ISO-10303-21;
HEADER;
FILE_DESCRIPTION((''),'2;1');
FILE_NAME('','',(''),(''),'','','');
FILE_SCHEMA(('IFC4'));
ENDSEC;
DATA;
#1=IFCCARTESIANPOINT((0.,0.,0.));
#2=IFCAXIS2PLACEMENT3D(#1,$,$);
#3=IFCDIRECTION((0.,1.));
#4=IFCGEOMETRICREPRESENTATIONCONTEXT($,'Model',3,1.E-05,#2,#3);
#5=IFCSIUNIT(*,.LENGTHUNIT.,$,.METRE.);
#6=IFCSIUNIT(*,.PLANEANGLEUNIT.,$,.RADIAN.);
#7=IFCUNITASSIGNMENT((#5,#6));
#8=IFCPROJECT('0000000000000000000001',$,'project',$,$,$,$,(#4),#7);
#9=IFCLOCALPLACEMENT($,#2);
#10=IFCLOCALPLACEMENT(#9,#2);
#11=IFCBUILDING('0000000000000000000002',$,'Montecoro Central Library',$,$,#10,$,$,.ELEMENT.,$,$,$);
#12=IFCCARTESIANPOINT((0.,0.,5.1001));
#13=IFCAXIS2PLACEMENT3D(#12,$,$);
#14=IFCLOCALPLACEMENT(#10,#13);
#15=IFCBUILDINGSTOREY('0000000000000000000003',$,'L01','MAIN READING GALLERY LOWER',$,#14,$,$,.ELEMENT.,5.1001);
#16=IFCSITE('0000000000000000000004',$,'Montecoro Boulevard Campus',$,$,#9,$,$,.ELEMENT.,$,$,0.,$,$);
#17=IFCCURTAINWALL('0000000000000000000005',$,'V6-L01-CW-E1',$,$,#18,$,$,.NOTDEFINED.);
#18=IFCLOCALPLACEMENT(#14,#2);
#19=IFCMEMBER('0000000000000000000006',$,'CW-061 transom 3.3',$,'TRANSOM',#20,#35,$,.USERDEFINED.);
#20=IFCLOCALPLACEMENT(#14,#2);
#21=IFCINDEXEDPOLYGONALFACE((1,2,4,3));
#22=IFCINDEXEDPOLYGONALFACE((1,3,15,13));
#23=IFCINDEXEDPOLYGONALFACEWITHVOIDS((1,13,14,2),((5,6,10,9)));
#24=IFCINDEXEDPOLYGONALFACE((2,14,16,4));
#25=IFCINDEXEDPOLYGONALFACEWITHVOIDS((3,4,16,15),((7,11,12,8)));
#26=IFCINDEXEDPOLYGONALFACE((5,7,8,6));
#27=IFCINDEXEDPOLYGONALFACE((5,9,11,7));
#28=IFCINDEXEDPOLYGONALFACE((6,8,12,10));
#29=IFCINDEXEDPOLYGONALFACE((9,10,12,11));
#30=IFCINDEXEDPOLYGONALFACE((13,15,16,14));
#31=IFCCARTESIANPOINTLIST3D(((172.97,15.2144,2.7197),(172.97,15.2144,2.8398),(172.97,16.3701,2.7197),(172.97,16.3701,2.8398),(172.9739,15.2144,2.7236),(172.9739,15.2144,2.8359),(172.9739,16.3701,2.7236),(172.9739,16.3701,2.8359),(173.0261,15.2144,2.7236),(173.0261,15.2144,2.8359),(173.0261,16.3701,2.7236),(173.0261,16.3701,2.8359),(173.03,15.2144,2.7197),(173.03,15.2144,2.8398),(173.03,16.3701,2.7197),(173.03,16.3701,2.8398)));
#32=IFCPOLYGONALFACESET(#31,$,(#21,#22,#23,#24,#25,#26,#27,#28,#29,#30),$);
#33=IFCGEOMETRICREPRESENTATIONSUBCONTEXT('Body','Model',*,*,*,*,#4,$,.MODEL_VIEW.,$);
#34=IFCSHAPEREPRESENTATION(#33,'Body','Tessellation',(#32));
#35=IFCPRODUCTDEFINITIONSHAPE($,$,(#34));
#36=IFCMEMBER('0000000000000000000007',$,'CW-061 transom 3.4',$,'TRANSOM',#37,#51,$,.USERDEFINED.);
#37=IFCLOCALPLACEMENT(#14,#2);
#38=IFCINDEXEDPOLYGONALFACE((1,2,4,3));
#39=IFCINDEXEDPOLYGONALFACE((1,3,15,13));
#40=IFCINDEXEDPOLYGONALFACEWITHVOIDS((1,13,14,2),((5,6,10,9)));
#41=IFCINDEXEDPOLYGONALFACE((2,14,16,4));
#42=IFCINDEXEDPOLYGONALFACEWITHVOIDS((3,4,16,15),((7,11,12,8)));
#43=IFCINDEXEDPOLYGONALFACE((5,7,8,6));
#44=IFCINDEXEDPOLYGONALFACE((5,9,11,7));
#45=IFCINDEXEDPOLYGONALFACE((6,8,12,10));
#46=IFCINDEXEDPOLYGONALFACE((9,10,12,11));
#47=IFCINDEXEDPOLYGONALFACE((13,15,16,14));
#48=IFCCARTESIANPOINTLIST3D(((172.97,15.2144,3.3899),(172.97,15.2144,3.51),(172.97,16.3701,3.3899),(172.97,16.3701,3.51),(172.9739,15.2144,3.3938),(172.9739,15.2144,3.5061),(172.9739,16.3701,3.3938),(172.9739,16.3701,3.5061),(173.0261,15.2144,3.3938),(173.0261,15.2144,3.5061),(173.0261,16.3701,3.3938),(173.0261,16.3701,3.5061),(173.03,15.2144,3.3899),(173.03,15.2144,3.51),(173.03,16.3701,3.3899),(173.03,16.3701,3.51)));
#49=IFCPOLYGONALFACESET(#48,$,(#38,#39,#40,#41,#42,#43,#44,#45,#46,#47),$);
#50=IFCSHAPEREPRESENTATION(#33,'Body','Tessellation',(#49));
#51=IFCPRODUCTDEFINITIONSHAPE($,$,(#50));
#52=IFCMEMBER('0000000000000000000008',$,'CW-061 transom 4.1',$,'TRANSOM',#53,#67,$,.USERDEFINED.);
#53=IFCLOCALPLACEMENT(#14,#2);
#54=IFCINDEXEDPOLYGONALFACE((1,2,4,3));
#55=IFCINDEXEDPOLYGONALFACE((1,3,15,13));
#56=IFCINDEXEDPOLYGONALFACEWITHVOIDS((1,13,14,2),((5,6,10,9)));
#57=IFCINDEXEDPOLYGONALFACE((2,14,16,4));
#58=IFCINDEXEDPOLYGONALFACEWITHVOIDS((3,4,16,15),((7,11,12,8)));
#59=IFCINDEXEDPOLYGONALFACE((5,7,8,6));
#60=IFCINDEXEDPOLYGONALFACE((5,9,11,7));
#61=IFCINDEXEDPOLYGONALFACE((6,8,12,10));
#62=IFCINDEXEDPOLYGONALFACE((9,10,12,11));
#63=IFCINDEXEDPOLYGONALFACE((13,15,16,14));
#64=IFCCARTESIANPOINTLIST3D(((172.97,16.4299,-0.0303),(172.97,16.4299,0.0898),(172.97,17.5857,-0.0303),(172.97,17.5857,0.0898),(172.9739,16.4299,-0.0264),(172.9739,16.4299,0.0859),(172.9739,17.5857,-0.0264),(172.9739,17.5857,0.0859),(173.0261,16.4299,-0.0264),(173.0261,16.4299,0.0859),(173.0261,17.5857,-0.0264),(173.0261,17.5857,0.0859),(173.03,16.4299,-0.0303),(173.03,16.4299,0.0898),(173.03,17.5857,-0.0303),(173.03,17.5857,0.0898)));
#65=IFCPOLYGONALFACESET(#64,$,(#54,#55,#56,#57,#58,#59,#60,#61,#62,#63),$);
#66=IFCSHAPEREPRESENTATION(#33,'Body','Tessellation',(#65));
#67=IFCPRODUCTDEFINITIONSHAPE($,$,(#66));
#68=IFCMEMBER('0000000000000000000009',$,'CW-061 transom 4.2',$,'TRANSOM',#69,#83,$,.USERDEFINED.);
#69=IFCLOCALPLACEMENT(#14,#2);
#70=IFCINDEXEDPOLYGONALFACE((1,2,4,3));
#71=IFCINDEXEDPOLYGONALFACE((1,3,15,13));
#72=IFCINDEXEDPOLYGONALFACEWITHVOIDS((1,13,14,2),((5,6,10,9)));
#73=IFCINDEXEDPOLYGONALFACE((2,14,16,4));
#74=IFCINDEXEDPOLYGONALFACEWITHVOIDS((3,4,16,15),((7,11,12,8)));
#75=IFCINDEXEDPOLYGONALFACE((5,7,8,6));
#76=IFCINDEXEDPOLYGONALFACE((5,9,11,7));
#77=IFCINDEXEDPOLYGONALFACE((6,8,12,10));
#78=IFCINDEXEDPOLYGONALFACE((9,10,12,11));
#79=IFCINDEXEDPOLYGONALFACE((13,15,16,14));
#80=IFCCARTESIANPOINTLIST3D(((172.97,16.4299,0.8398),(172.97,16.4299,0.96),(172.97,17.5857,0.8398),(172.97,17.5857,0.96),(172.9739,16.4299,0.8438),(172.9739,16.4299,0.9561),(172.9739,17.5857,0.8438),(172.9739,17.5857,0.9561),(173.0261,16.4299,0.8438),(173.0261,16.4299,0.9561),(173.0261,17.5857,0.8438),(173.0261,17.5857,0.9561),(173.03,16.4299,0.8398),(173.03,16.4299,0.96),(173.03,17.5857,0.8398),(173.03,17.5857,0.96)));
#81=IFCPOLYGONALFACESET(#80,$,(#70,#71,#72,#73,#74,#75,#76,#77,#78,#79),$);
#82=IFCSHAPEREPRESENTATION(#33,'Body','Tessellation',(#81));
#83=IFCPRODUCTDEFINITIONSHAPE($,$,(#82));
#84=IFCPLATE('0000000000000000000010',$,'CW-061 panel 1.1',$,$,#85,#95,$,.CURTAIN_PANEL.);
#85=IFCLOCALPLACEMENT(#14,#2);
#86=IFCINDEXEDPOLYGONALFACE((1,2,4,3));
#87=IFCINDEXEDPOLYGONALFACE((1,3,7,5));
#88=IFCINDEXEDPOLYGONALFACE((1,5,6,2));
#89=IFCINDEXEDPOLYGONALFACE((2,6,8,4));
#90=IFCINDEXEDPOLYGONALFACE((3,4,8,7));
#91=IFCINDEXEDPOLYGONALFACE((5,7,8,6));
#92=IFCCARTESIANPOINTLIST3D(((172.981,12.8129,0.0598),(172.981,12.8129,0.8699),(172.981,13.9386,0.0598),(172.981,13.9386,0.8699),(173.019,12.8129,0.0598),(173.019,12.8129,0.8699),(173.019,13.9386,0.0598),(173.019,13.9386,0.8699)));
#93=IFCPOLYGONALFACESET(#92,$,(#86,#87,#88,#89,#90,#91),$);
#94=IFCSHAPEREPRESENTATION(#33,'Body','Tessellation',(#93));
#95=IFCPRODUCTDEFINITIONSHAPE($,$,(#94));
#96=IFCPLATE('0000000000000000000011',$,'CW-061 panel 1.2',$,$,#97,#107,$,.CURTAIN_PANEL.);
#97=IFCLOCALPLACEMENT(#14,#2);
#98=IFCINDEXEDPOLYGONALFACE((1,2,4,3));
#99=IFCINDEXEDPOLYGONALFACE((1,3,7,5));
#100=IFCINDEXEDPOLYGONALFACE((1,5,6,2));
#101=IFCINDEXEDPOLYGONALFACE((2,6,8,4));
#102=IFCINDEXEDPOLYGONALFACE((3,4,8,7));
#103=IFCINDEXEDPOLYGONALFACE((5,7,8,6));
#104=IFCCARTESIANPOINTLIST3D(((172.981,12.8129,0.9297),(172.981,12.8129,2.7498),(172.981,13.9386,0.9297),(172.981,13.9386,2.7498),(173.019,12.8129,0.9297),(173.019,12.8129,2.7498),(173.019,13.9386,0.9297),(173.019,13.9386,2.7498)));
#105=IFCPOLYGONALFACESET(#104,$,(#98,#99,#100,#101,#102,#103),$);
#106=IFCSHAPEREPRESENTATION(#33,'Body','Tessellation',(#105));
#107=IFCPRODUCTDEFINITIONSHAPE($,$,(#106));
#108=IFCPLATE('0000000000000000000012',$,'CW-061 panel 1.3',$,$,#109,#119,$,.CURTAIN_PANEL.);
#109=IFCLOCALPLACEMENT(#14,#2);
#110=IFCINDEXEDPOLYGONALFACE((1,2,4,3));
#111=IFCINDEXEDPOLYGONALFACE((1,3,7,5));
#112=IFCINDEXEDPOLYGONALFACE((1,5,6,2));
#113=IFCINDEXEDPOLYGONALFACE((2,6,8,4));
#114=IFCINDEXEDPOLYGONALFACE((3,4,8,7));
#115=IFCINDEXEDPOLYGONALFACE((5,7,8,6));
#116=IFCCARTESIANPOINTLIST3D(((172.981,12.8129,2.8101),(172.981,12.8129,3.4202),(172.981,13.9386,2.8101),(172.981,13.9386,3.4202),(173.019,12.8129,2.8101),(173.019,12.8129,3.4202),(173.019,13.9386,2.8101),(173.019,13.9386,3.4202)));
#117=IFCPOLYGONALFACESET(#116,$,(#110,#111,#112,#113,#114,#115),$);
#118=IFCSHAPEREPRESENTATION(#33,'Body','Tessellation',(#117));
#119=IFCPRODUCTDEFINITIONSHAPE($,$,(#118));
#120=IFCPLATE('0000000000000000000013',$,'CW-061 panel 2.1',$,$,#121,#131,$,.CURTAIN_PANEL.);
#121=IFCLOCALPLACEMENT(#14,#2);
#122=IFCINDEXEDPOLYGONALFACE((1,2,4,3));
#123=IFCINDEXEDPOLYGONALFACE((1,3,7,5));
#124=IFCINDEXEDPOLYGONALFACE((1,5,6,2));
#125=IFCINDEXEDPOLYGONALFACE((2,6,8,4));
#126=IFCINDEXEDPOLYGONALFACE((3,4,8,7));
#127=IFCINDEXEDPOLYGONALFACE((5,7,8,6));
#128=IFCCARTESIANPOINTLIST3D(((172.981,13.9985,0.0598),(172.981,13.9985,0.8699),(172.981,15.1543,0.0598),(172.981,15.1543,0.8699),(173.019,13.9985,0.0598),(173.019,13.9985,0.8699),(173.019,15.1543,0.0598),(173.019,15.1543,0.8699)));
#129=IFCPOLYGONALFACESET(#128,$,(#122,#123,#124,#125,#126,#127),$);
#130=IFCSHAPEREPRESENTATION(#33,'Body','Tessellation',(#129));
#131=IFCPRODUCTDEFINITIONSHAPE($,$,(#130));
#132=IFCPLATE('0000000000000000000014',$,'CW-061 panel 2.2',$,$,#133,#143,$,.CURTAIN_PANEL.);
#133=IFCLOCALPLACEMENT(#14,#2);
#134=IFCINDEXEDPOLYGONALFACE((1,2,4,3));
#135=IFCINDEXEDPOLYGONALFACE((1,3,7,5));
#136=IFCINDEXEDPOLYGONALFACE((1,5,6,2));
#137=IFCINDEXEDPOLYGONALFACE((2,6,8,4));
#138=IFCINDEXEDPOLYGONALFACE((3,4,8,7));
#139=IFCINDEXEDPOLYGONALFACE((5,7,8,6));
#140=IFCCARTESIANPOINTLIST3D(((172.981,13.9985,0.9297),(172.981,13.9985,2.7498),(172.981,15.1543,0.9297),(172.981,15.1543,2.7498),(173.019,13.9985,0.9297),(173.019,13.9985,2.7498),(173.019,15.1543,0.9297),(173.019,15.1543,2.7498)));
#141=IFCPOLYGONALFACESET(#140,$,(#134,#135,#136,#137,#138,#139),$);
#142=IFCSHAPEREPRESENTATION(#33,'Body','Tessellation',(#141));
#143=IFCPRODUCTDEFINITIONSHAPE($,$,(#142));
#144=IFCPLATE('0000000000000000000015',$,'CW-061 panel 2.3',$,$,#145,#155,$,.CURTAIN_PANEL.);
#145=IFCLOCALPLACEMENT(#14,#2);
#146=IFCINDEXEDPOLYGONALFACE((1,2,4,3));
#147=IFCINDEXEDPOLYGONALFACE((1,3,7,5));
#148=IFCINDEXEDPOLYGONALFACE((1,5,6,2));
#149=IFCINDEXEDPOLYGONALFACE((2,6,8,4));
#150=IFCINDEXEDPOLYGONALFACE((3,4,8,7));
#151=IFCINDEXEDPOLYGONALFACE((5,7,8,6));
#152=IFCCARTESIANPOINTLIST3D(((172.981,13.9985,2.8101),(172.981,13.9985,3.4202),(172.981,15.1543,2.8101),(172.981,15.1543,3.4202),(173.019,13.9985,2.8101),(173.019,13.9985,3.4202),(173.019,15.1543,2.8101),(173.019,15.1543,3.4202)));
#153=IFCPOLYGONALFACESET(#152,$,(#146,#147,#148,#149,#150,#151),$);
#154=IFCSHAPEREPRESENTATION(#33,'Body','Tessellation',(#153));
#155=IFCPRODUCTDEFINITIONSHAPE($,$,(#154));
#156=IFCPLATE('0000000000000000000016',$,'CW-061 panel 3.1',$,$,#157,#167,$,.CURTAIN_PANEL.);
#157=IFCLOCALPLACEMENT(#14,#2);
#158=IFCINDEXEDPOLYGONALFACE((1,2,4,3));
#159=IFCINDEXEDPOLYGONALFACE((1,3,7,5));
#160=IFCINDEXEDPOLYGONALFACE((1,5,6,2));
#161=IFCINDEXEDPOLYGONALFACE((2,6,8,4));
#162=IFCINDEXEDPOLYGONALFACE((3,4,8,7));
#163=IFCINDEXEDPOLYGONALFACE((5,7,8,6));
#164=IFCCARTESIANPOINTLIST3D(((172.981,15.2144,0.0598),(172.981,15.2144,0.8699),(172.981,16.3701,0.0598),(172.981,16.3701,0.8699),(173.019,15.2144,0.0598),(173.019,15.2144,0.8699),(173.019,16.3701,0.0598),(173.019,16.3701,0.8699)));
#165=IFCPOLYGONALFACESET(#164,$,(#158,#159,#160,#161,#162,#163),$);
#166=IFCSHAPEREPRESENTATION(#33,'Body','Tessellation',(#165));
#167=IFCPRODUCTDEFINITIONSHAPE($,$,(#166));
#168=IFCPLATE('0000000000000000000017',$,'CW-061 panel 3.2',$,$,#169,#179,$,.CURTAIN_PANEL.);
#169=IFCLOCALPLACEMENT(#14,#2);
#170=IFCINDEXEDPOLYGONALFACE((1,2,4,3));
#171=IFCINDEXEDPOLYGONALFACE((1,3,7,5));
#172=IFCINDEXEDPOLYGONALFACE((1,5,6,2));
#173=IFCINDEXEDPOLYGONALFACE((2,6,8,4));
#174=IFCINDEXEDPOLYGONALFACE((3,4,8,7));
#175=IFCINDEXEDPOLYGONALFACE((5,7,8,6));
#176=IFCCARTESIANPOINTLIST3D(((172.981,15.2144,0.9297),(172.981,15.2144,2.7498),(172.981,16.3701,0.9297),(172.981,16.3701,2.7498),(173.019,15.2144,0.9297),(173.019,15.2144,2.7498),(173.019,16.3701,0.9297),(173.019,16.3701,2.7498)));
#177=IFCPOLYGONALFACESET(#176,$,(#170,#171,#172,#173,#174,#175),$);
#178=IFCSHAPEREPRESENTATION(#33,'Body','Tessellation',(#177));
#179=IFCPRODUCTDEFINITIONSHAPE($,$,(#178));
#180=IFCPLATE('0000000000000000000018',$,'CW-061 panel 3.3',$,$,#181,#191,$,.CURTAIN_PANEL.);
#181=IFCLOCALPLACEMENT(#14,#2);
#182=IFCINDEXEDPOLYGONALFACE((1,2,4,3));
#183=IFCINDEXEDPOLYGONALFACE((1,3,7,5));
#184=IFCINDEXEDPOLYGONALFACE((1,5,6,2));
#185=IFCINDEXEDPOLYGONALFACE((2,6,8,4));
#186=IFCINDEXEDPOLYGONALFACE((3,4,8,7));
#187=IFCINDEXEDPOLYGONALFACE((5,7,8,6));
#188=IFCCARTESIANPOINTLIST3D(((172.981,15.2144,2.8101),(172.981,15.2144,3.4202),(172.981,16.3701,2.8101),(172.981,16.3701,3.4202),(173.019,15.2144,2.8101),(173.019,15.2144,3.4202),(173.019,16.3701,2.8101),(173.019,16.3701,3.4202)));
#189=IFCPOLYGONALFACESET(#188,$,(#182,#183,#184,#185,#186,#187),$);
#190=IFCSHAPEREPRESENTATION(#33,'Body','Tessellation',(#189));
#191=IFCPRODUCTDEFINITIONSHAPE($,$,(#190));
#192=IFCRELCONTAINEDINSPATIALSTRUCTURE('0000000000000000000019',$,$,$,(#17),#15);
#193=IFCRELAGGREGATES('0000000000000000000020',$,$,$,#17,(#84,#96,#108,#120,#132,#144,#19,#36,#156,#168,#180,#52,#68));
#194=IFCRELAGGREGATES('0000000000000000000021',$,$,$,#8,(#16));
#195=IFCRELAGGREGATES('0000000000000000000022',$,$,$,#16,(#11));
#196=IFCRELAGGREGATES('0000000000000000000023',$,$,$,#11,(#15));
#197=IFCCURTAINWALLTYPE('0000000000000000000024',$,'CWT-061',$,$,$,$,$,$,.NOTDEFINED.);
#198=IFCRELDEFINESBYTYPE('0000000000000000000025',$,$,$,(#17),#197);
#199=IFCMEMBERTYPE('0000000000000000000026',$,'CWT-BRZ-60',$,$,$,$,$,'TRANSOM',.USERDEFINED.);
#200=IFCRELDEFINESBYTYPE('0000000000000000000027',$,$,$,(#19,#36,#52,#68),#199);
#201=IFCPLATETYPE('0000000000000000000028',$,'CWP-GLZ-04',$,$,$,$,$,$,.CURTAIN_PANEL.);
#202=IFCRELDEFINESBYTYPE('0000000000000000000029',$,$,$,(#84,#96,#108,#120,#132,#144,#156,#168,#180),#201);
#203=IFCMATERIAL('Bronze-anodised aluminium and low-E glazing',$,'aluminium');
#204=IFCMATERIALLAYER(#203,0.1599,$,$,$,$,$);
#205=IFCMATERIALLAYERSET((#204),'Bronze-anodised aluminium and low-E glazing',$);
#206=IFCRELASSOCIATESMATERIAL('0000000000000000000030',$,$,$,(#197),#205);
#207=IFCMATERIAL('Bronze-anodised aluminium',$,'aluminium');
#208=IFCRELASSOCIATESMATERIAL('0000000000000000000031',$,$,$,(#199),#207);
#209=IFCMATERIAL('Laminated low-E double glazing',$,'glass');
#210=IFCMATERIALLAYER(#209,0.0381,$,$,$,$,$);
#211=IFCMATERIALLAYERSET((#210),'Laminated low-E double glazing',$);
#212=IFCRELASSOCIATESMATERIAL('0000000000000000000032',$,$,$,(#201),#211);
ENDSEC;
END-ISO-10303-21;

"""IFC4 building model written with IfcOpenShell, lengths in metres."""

from ifc_helpers import new_model, si_unit, direction, frame, origin, origin_2d, place, context, subcontext, project, spatial, rectangle, hollow_rectangle, extrude, material, layer, layer_set, material_profile, profile_set, type_object, element, aggregate, save


model = new_model("IFC4")

# Units and contexts
model_context = context("Model", 3, precision=1e-05, world=origin(), true_north=direction((0.0, 1.0)))
body_context = subcontext(model_context, "Body", "Model", "MODEL_VIEW")
ifc_project = project(units=[si_unit("LENGTHUNIT", "METRE"), si_unit("PLANEANGLEUNIT", "RADIAN")], contexts=[model_context])

# Site, building, storey
site_placement = place(None, origin())
site = spatial("IfcSite", under=ifc_project, at=site_placement, Name="Montecoro Boulevard Campus", CompositionType="ELEMENT", RefElevation=0.0)
building_placement = place(site_placement, origin())
building = spatial("IfcBuilding", under=site, at=building_placement, Name="Montecoro Central Library", CompositionType="ELEMENT")
storey_placement = place(building_placement, frame((0.0, 0.0, 5.1001)))
storey = spatial("IfcBuildingStorey", under=building, at=storey_placement, Name="L01", Description="MAIN READING GALLERY LOWER", CompositionType="ELEMENT", Elevation=5.1001)

# Curtain wall, members, plates
ifc_material_1 = material(Name="Bronze-anodised aluminium and low-E glazing", Category="aluminium")
ifc_layer_1 = layer(ifc_material_1, 0.1599)
ifc_layer_set_1 = layer_set([ifc_layer_1], Name="Bronze-anodised aluminium and low-E glazing")
curtain_wall_type = type_object("IfcCurtainWallType", Name="CWT-061", PredefinedType="NOTDEFINED", material=ifc_layer_set_1)
curtain_wall_placement = place(storey_placement, origin())
curtain_wall = element("IfcCurtainWall", 1, at=curtain_wall_placement, inside=storey, type_object=curtain_wall_type, Name="V6-L01-CW-E1", PredefinedType="NOTDEFINED")
ifc_material_2 = material(Name="Bronze-anodised aluminium", Category="aluminium")
ifc_material_profile_1 = material_profile(ifc_material_2, hollow_rectangle(XDim=0.0601, YDim=0.1201, WallThickness=0.0039, at=origin_2d()), Name="CWT 120x60x4.0")
ifc_profile_set_1 = profile_set([ifc_material_profile_1], Name="Bronze-anodised aluminium")
member_type_1 = type_object("IfcMemberType", Name="CWT-BRZ-60", ElementType="TRANSOM", PredefinedType="USERDEFINED", material=ifc_profile_set_1)
member_1_placement = place(storey_placement, frame((173.0, 15.2144, 2.7798), z_axis=(0.0, 1.0, 0.0), x_axis=(-1.0, 0.0, 0.0)))
member_1 = element("IfcMember", 2, at=member_1_placement, type_object=member_type_1, Name="CW-061 transom 3.3", ObjectType="TRANSOM", PredefinedType="USERDEFINED", context=body_context, shape_type="SweptSolid", body=[
    extrude(hollow_rectangle(XDim=0.0601, YDim=0.1201, WallThickness=0.0039, at=origin_2d()), origin(), (0.0, 0.0, 1.0), 1.1558),
])
member_2_placement = place(storey_placement, frame((173.0, 15.2144, 3.45), z_axis=(0.0, 1.0, 0.0), x_axis=(-1.0, 0.0, 0.0)))
member_2 = element("IfcMember", 3, at=member_2_placement, type_object=member_type_1, Name="CW-061 transom 3.4", ObjectType="TRANSOM", PredefinedType="USERDEFINED", context=body_context, shape_type="SweptSolid", body=[
    extrude(hollow_rectangle(XDim=0.0601, YDim=0.1201, WallThickness=0.0039, at=origin_2d()), origin(), (0.0, 0.0, 1.0), 1.1558),
])
member_3_placement = place(storey_placement, frame((173.0, 16.4299, 0.0298), z_axis=(0.0, 1.0, 0.0), x_axis=(-1.0, 0.0, 0.0)))
member_3 = element("IfcMember", 4, at=member_3_placement, type_object=member_type_1, Name="CW-061 transom 4.1", ObjectType="TRANSOM", PredefinedType="USERDEFINED", context=body_context, shape_type="SweptSolid", body=[
    extrude(hollow_rectangle(XDim=0.0601, YDim=0.1201, WallThickness=0.0039, at=origin_2d()), origin(), (0.0, 0.0, 1.0), 1.1558),
])
member_4_placement = place(storey_placement, frame((173.0, 16.4299, 0.8999), z_axis=(0.0, 1.0, 0.0), x_axis=(-1.0, 0.0, 0.0)))
member_4 = element("IfcMember", 5, at=member_4_placement, type_object=member_type_1, Name="CW-061 transom 4.2", ObjectType="TRANSOM", PredefinedType="USERDEFINED", context=body_context, shape_type="SweptSolid", body=[
    extrude(hollow_rectangle(XDim=0.0601, YDim=0.1201, WallThickness=0.0039, at=origin_2d()), origin(), (0.0, 0.0, 1.0), 1.1558),
])
ifc_material_3 = material(Name="Laminated low-E double glazing", Category="glass")
ifc_layer_2 = layer(ifc_material_3, 0.0381)
ifc_layer_set_2 = layer_set([ifc_layer_2], Name="Laminated low-E double glazing")
plate_type = type_object("IfcPlateType", Name="CWP-GLZ-04", PredefinedType="CURTAIN_PANEL", material=ifc_layer_set_2)
plate_1_placement = place(storey_placement, frame((173.0, 13.3757, 0.0598), z_axis=(0.0, 0.0, 1.0), x_axis=(0.0, 1.0, 0.0)))
plate_1 = element("IfcPlate", 6, at=plate_1_placement, type_object=plate_type, Name="CW-061 panel 1.1", PredefinedType="CURTAIN_PANEL", context=body_context, shape_type="SweptSolid", body=[
    extrude(rectangle(XDim=1.1257, YDim=0.0381, at=origin_2d()), origin(), (0.0, 0.0, 1.0), 0.8101),
])
plate_2_placement = place(storey_placement, frame((173.0, 13.3757, 0.9297), z_axis=(0.0, 0.0, 1.0), x_axis=(0.0, 1.0, 0.0)))
plate_2 = element("IfcPlate", 7, at=plate_2_placement, type_object=plate_type, Name="CW-061 panel 1.2", PredefinedType="CURTAIN_PANEL", context=body_context, shape_type="SweptSolid", body=[
    extrude(rectangle(XDim=1.1257, YDim=0.0381, at=origin_2d()), origin(), (0.0, 0.0, 1.0), 1.8201),
])
plate_3_placement = place(storey_placement, frame((173.0, 13.3757, 2.8101), z_axis=(0.0, 0.0, 1.0), x_axis=(0.0, 1.0, 0.0)))
plate_3 = element("IfcPlate", 8, at=plate_3_placement, type_object=plate_type, Name="CW-061 panel 1.3", PredefinedType="CURTAIN_PANEL", context=body_context, shape_type="SweptSolid", body=[
    extrude(rectangle(XDim=1.1257, YDim=0.0381, at=origin_2d()), origin(), (0.0, 0.0, 1.0), 0.6101),
])
plate_4_placement = place(storey_placement, frame((173.0, 14.5764, 0.0598), z_axis=(0.0, 0.0, 1.0), x_axis=(0.0, 1.0, 0.0)))
plate_4 = element("IfcPlate", 9, at=plate_4_placement, type_object=plate_type, Name="CW-061 panel 2.1", PredefinedType="CURTAIN_PANEL", context=body_context, shape_type="SweptSolid", body=[
    extrude(rectangle(XDim=1.1558, YDim=0.0381, at=origin_2d()), origin(), (0.0, 0.0, 1.0), 0.8101),
])
plate_5_placement = place(storey_placement, frame((173.0, 14.5764, 0.9297), z_axis=(0.0, 0.0, 1.0), x_axis=(0.0, 1.0, 0.0)))
plate_5 = element("IfcPlate", 10, at=plate_5_placement, type_object=plate_type, Name="CW-061 panel 2.2", PredefinedType="CURTAIN_PANEL", context=body_context, shape_type="SweptSolid", body=[
    extrude(rectangle(XDim=1.1558, YDim=0.0381, at=origin_2d()), origin(), (0.0, 0.0, 1.0), 1.8201),
])
plate_6_placement = place(storey_placement, frame((173.0, 14.5764, 2.8101), z_axis=(0.0, 0.0, 1.0), x_axis=(0.0, 1.0, 0.0)))
plate_6 = element("IfcPlate", 11, at=plate_6_placement, type_object=plate_type, Name="CW-061 panel 2.3", PredefinedType="CURTAIN_PANEL", context=body_context, shape_type="SweptSolid", body=[
    extrude(rectangle(XDim=1.1558, YDim=0.0381, at=origin_2d()), origin(), (0.0, 0.0, 1.0), 0.6101),
])
plate_7_placement = place(storey_placement, frame((173.0, 15.7922, 0.0598), z_axis=(0.0, 0.0, 1.0), x_axis=(0.0, 1.0, 0.0)))
plate_7 = element("IfcPlate", 12, at=plate_7_placement, type_object=plate_type, Name="CW-061 panel 3.1", PredefinedType="CURTAIN_PANEL", context=body_context, shape_type="SweptSolid", body=[
    extrude(rectangle(XDim=1.1558, YDim=0.0381, at=origin_2d()), origin(), (0.0, 0.0, 1.0), 0.8101),
])
plate_8_placement = place(storey_placement, frame((173.0, 15.7922, 0.9297), z_axis=(0.0, 0.0, 1.0), x_axis=(0.0, 1.0, 0.0)))
plate_8 = element("IfcPlate", 13, at=plate_8_placement, type_object=plate_type, Name="CW-061 panel 3.2", PredefinedType="CURTAIN_PANEL", context=body_context, shape_type="SweptSolid", body=[
    extrude(rectangle(XDim=1.1558, YDim=0.0381, at=origin_2d()), origin(), (0.0, 0.0, 1.0), 1.8201),
])
plate_9_placement = place(storey_placement, frame((173.0, 15.7922, 2.8101), z_axis=(0.0, 0.0, 1.0), x_axis=(0.0, 1.0, 0.0)))
plate_9 = element("IfcPlate", 14, at=plate_9_placement, type_object=plate_type, Name="CW-061 panel 3.3", PredefinedType="CURTAIN_PANEL", context=body_context, shape_type="SweptSolid", body=[
    extrude(rectangle(XDim=1.1558, YDim=0.0381, at=origin_2d()), origin(), (0.0, 0.0, 1.0), 0.6101),
])
aggregate(curtain_wall, [plate_1, plate_2, plate_3, plate_4, plate_5, plate_6, member_1, member_2, plate_7, plate_8, plate_9, member_3, member_4])

save(model, "model.ifc")
